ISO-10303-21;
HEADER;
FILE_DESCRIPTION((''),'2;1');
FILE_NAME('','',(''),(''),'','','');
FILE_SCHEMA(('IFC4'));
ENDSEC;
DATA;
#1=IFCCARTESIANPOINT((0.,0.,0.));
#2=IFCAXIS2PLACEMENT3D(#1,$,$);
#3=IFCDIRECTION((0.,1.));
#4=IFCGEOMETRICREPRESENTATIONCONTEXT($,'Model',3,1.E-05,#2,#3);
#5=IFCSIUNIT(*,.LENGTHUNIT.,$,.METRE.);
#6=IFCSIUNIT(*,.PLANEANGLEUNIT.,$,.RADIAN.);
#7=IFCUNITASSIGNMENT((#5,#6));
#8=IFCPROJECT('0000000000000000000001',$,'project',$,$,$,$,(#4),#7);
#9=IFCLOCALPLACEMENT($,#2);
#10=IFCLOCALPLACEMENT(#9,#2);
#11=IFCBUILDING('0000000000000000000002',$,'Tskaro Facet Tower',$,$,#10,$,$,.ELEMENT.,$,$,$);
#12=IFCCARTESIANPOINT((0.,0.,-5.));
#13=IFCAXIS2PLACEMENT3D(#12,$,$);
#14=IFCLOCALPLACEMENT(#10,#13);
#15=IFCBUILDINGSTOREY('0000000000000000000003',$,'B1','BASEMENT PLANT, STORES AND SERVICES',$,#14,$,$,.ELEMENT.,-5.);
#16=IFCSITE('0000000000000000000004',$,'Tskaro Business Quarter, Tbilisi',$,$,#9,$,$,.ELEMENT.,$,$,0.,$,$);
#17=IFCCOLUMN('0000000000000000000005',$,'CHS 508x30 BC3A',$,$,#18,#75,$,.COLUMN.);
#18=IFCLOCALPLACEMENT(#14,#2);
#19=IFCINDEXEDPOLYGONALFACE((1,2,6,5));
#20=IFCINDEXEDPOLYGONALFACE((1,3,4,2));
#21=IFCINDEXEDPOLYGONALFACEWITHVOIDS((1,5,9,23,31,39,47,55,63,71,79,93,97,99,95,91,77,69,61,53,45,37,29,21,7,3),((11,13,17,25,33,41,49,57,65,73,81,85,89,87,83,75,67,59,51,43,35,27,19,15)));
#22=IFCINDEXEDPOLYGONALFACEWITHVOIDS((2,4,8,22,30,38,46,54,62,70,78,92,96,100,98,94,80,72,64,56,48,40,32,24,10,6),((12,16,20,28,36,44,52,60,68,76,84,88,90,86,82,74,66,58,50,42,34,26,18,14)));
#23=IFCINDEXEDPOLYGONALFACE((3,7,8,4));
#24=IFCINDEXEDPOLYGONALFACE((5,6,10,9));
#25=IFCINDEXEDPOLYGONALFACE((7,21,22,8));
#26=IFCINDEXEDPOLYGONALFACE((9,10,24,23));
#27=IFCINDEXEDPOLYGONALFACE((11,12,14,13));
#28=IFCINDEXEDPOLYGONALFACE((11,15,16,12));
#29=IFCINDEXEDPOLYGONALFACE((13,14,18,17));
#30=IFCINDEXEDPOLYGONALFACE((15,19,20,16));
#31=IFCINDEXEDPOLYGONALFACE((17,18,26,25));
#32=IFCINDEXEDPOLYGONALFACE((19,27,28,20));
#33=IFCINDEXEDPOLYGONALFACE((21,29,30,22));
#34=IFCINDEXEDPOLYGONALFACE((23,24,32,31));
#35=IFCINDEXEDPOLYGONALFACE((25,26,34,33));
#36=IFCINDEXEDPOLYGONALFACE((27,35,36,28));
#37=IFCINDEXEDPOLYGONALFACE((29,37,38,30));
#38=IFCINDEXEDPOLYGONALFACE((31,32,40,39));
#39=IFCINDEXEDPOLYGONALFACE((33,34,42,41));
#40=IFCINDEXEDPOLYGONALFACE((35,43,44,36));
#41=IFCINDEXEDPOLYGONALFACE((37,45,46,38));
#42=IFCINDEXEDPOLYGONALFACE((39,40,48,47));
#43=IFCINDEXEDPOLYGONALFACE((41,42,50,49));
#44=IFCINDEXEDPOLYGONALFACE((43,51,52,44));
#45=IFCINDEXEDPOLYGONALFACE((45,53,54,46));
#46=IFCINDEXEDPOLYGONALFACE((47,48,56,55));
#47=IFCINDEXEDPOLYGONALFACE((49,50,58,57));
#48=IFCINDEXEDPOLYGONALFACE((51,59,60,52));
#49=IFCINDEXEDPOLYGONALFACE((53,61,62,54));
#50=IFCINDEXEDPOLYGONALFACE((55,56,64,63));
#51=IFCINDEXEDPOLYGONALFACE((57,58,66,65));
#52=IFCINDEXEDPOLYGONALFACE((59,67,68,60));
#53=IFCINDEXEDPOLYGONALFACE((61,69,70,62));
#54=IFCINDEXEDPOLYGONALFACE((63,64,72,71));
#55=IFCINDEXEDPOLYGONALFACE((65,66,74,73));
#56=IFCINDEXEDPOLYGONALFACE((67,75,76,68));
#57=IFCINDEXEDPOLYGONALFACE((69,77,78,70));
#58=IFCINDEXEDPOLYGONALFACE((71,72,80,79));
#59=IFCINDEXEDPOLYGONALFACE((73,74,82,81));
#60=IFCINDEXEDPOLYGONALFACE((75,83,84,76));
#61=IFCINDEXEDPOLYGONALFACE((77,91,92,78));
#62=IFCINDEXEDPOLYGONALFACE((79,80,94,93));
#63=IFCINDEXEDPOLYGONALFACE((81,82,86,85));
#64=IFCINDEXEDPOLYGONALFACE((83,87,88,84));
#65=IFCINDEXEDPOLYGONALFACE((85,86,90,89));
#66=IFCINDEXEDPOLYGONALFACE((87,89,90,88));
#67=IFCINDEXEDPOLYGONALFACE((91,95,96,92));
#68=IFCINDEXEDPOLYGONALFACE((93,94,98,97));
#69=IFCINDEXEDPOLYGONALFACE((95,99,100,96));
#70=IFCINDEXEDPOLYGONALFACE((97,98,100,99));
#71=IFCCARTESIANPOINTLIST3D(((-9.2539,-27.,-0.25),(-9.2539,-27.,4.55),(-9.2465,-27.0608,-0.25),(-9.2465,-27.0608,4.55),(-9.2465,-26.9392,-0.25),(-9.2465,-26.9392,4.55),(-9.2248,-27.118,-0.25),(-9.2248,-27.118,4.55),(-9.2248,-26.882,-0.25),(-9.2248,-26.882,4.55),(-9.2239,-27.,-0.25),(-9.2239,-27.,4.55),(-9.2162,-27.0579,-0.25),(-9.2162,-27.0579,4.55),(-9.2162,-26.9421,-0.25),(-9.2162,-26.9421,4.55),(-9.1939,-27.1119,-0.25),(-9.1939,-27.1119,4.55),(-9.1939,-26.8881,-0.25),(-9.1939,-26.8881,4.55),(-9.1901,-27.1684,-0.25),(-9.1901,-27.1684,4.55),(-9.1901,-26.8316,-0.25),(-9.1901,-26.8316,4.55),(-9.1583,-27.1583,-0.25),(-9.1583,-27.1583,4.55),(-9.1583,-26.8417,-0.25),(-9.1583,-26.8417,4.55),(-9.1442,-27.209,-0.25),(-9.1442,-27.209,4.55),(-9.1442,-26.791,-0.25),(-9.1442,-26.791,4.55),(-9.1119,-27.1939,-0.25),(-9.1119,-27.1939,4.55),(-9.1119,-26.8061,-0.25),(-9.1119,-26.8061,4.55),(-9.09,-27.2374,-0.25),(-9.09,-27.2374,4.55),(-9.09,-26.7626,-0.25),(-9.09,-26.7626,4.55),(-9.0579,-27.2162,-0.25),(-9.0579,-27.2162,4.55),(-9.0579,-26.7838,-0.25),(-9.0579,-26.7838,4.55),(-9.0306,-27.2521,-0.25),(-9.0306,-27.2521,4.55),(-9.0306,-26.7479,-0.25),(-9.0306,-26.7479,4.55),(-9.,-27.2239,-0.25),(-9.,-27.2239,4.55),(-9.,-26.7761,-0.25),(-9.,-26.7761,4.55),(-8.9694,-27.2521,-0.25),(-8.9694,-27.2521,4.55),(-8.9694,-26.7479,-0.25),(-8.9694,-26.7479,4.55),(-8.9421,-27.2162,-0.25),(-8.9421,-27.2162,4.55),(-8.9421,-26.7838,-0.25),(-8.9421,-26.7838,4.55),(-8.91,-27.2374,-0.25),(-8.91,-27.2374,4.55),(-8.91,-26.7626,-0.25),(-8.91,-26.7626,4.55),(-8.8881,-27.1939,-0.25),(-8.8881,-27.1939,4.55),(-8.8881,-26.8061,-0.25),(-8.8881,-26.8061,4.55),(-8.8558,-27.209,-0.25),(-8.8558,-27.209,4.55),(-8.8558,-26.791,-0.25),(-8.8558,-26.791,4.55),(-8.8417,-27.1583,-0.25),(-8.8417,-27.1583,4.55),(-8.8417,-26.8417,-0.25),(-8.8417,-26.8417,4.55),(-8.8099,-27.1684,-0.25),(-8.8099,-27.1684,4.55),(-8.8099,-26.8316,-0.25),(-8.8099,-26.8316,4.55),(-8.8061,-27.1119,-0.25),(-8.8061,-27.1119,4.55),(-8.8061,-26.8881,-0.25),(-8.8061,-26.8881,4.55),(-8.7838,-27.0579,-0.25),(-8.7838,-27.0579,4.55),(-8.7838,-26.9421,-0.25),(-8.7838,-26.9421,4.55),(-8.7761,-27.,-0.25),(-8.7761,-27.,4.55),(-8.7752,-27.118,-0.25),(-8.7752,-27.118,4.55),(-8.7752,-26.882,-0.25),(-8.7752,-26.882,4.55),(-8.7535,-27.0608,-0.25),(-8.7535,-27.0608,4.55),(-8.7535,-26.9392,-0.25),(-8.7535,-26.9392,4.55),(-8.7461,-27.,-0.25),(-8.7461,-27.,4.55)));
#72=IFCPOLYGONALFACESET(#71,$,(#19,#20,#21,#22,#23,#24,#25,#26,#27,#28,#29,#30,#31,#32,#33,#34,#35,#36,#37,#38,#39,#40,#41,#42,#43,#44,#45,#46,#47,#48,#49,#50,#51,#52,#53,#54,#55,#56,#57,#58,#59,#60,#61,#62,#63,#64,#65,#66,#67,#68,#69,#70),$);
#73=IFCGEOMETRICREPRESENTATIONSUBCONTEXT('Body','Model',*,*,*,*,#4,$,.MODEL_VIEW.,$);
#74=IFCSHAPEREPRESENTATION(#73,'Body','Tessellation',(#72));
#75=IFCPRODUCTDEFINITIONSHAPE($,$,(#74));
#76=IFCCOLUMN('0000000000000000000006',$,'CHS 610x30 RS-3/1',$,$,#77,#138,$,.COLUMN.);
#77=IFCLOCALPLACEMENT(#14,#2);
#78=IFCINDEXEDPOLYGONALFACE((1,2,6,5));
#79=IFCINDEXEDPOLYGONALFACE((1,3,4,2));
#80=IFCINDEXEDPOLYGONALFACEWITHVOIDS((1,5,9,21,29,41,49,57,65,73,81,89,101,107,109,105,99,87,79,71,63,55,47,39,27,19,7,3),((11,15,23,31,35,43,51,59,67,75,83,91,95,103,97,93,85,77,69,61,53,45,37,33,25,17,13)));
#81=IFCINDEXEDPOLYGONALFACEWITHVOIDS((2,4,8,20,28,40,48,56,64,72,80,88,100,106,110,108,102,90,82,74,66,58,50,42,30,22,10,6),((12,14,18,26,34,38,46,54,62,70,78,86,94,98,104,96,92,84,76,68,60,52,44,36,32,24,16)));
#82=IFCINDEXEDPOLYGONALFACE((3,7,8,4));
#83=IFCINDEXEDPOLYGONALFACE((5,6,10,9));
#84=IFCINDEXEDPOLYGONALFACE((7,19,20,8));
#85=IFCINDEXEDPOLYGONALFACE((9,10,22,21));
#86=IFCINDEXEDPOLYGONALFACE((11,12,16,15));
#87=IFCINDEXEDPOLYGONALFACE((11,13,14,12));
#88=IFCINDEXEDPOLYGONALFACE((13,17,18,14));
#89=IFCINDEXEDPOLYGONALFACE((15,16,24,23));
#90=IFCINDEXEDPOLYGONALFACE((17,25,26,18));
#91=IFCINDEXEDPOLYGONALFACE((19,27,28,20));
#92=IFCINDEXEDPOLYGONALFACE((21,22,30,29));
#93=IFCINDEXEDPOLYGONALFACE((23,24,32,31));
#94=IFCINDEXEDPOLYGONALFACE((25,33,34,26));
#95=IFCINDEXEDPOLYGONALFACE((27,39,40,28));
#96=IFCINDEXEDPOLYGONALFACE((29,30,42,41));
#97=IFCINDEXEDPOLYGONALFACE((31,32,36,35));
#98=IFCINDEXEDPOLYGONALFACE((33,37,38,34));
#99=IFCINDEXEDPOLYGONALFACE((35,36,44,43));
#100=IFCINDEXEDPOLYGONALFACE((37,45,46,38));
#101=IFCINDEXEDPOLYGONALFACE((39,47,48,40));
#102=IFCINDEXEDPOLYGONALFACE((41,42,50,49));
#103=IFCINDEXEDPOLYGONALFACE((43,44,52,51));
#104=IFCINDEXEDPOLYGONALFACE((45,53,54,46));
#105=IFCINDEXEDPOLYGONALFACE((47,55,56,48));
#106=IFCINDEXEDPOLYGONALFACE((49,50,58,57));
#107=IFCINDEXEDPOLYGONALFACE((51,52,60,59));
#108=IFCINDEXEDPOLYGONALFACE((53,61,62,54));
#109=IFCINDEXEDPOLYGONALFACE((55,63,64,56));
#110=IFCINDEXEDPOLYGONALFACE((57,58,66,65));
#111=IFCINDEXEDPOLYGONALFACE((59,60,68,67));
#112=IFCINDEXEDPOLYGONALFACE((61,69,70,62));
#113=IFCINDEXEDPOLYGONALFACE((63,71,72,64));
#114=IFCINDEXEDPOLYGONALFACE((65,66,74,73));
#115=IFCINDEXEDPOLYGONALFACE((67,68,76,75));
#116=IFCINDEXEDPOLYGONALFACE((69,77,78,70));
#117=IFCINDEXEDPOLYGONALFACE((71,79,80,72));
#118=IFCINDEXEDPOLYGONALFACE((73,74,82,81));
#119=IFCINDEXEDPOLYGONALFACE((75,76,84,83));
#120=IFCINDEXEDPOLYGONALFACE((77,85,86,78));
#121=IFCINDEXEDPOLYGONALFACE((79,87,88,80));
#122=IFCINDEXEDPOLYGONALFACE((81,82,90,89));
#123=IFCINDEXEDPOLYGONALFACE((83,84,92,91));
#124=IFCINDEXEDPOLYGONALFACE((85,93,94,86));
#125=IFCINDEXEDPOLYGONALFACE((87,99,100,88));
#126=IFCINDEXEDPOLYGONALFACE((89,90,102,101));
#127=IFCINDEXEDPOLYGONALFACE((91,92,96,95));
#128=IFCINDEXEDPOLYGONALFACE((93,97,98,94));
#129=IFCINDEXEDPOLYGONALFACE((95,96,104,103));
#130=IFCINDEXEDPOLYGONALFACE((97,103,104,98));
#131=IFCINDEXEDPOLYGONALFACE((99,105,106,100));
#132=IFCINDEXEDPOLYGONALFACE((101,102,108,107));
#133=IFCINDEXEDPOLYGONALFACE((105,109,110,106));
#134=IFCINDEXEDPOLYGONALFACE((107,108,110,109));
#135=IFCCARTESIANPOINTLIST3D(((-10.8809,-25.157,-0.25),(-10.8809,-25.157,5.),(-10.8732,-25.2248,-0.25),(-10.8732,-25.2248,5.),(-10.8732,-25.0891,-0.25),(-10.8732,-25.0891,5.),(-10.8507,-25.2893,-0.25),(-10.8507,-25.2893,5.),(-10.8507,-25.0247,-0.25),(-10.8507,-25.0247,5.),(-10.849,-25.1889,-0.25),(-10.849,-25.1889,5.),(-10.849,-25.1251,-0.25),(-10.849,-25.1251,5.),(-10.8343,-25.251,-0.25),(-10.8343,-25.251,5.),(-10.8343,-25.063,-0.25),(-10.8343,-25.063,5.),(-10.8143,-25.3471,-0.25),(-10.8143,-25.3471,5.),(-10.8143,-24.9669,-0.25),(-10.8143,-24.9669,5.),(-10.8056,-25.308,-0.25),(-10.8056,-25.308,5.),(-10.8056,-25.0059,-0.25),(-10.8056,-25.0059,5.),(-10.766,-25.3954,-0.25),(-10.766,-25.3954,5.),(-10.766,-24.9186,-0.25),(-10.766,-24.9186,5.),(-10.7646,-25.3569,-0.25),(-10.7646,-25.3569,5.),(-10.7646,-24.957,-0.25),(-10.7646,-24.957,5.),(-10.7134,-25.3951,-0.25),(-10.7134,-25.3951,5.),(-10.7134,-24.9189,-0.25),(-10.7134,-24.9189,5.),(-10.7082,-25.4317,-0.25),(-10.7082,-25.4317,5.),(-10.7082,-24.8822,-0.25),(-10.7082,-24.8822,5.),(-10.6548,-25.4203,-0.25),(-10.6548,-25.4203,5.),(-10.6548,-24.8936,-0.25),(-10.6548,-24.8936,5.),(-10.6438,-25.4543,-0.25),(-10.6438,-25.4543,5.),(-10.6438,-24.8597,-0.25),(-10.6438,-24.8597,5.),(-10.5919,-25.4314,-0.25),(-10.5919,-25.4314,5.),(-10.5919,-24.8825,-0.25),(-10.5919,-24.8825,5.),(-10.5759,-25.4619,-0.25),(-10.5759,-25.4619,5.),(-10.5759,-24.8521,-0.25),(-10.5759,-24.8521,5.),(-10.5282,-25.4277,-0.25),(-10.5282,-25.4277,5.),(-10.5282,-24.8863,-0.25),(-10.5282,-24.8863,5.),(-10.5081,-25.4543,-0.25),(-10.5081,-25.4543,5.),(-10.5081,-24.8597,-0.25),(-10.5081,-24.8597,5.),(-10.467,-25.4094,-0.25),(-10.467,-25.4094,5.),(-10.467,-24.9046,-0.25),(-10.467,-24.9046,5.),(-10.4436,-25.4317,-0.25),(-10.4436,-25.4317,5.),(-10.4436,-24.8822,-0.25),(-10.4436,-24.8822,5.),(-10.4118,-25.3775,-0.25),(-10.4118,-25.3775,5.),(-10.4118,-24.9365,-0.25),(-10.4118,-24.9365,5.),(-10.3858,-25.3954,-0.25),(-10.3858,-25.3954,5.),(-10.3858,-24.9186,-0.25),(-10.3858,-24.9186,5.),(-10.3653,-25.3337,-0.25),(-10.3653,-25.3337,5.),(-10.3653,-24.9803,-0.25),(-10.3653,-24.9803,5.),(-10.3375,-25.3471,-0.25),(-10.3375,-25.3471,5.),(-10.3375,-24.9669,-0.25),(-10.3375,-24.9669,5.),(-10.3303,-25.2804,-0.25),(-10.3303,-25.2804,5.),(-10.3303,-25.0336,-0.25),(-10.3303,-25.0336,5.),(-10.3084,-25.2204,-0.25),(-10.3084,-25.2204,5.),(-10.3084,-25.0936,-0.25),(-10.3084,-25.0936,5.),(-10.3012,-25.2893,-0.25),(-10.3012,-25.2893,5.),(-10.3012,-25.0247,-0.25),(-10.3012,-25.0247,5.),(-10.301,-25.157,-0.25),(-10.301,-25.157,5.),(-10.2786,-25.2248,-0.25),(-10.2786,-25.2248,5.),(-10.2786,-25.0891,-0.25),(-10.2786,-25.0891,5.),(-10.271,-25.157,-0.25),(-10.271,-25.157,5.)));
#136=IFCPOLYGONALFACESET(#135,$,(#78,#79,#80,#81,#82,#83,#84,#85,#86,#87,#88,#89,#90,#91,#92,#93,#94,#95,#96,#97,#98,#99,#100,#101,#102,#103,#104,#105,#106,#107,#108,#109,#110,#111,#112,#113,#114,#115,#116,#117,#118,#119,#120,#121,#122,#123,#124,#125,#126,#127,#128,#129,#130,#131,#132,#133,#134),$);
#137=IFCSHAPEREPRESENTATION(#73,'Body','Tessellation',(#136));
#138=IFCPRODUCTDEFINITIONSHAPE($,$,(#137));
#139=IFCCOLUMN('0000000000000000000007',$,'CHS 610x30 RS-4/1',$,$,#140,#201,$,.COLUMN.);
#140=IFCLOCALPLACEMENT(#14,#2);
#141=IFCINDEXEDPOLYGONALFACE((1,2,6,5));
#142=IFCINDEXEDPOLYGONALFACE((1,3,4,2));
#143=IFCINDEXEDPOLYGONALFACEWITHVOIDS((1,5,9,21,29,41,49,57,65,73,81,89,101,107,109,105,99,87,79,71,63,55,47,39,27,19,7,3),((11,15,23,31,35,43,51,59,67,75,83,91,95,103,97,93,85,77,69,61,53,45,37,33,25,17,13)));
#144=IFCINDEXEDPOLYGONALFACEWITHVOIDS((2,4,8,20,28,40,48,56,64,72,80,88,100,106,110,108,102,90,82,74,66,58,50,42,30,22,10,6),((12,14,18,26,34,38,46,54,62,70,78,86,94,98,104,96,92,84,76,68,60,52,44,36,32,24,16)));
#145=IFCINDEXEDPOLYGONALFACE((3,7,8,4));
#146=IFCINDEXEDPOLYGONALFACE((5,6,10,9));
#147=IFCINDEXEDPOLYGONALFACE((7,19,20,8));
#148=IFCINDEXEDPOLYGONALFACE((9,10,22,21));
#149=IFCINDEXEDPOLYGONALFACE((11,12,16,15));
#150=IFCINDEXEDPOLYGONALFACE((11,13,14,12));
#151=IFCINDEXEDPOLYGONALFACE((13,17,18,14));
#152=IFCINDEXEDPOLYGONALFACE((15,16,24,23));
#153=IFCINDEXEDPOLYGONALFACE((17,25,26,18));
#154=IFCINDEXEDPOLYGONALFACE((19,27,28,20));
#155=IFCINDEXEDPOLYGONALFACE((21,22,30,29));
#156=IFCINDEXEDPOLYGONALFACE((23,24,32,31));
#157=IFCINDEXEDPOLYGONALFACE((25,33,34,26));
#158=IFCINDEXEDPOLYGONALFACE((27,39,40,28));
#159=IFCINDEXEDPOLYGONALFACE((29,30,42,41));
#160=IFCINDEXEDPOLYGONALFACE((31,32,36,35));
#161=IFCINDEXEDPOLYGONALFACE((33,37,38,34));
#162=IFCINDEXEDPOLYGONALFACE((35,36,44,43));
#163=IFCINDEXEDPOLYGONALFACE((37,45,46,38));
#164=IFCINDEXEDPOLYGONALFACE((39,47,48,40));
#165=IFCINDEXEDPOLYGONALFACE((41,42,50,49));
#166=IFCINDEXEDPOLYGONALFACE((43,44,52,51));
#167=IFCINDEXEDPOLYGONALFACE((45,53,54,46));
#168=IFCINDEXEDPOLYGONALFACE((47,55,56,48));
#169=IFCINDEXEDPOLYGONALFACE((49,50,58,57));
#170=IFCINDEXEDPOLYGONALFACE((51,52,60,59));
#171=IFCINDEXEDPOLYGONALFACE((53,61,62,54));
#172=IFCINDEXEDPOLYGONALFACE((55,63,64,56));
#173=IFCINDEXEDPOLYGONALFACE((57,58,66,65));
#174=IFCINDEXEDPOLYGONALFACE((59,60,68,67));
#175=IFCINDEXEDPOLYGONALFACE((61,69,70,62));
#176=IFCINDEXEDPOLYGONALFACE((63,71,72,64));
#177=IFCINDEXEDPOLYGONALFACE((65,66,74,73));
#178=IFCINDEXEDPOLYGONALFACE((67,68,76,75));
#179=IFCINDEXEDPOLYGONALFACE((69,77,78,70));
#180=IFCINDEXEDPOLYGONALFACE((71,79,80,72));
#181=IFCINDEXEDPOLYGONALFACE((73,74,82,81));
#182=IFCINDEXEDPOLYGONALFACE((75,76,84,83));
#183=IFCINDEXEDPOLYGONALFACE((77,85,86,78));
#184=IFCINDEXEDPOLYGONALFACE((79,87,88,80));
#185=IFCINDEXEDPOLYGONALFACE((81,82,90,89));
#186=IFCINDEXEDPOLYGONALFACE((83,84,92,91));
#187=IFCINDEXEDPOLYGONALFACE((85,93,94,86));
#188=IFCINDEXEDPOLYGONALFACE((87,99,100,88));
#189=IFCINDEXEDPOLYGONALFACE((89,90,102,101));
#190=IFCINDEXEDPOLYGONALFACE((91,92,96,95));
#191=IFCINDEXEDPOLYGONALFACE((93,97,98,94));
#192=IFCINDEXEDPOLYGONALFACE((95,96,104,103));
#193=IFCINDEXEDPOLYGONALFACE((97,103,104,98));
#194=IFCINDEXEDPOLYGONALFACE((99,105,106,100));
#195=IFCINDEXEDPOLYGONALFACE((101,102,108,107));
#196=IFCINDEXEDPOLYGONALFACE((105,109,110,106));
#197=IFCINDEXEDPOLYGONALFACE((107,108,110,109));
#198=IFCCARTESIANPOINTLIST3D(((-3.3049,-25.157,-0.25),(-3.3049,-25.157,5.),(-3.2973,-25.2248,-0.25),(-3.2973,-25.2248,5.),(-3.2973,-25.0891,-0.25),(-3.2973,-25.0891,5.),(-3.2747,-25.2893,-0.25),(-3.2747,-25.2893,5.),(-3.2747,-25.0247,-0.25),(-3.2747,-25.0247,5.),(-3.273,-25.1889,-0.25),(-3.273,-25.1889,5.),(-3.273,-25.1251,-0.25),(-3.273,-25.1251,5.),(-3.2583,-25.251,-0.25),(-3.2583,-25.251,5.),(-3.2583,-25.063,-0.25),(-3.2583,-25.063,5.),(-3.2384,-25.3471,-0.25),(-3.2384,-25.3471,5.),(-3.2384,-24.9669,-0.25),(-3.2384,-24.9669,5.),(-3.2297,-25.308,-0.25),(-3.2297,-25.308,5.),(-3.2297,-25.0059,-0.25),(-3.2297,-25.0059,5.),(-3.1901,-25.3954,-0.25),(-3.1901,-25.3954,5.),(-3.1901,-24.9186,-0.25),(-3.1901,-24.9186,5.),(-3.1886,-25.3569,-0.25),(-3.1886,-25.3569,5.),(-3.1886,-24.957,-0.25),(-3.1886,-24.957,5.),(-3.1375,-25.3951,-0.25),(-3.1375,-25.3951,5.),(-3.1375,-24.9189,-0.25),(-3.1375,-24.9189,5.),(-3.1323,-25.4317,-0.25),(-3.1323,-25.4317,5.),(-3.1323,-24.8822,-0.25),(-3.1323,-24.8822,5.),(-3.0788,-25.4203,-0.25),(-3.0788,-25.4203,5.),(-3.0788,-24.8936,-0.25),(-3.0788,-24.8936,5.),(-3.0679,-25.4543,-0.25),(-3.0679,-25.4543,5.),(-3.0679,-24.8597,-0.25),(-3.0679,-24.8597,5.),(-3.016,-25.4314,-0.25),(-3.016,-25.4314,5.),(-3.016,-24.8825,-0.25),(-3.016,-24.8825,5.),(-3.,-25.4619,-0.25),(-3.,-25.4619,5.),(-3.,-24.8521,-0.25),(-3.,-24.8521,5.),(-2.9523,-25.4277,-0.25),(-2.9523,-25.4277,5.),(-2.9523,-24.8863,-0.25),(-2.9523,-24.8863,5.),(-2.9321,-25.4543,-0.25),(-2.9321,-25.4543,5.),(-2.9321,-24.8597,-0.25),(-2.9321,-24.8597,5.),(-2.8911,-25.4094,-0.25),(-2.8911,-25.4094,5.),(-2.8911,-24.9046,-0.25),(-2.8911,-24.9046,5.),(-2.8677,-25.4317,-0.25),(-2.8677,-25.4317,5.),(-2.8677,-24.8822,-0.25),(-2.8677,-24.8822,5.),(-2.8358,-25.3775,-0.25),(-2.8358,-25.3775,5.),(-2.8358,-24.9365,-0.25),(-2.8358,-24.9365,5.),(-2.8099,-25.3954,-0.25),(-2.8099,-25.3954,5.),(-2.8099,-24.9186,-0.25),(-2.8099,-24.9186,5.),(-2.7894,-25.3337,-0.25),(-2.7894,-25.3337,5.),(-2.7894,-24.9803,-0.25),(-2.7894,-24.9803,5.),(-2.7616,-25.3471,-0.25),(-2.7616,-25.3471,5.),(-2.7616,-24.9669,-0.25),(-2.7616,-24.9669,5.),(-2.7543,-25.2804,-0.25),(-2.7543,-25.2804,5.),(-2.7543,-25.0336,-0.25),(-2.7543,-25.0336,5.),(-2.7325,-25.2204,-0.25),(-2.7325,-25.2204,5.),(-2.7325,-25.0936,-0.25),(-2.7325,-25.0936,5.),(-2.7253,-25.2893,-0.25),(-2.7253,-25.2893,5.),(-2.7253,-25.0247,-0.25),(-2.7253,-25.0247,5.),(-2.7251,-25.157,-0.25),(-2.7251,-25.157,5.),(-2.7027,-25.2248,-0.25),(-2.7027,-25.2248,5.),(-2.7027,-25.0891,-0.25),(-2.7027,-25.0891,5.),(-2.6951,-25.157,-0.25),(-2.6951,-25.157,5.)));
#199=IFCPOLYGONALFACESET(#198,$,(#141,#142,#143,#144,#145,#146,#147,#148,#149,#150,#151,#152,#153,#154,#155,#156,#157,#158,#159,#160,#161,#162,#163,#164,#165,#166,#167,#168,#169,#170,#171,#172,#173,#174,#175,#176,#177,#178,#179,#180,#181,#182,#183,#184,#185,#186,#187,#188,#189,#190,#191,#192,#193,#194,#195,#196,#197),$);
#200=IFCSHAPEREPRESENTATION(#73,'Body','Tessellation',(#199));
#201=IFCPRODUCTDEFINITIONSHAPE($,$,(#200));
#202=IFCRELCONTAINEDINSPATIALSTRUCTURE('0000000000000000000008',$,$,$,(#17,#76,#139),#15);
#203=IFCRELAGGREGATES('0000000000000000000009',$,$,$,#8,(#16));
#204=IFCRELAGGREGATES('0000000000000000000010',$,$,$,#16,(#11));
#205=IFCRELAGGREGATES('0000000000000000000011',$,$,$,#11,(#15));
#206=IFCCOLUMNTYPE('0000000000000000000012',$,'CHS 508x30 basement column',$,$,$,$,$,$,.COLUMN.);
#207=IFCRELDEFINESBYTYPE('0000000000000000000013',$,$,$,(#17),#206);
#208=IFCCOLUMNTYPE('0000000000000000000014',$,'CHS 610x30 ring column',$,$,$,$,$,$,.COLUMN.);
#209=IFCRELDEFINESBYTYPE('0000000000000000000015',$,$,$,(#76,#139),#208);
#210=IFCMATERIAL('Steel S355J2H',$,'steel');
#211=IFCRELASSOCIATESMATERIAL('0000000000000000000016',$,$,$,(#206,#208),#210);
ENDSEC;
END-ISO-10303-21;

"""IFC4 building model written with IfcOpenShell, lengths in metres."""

from ifc_helpers import new_model, si_unit, direction, frame, origin, origin_2d, place, context, subcontext, project, spatial, hollow_circle, extrude, material, material_profile, profile_set, type_object, element, save


model = new_model("IFC4")

# Units and contexts
model_context = context("Model", 3, precision=1e-05, world=origin(), true_north=direction((0.0, 1.0)))
body_context = subcontext(model_context, "Body", "Model", "MODEL_VIEW")
ifc_project = project(units=[si_unit("LENGTHUNIT", "METRE"), si_unit("PLANEANGLEUNIT", "RADIAN")], contexts=[model_context])

# Site, building, storey
site_placement = place(None, origin())
site = spatial("IfcSite", under=ifc_project, at=site_placement, Name="Tskaro Business Quarter, Tbilisi", CompositionType="ELEMENT", RefElevation=0.0)
building_placement = place(site_placement, origin())
building = spatial("IfcBuilding", under=site, at=building_placement, Name="Tskaro Facet Tower", CompositionType="ELEMENT")
storey_placement = place(building_placement, frame((0.0, 0.0, -5.0)))
storey = spatial("IfcBuildingStorey", under=building, at=storey_placement, Name="B1", Description="BASEMENT PLANT, STORES AND SERVICES", CompositionType="ELEMENT", Elevation=-5.0)

# Columns
ifc_material_1 = material(Name="Steel S355J2H", Category="steel")
ifc_material_profile_1 = material_profile(ifc_material_1, hollow_circle(Radius=0.2539, WallThickness=0.03, at=origin_2d()), Name="CHS 508x30")
ifc_profile_set_1 = profile_set([ifc_material_profile_1], Name="Steel S355J2H")
column_type_1 = type_object("IfcColumnType", Name="CHS 508x30 basement column", PredefinedType="COLUMN", material=ifc_profile_set_1)
column_1_placement = place(storey_placement, frame((-9.0, -27.0, -0.25), z_axis=(0.0, 0.0, 1.0), x_axis=(1.0, 0.0, 0.0)))
element("IfcColumn", 1, at=column_1_placement, inside=storey, type_object=column_type_1, Name="CHS 508x30 BC3A", PredefinedType="COLUMN", context=body_context, shape_type="SweptSolid", body=[
    extrude(hollow_circle(Radius=0.2539, WallThickness=0.03, at=origin_2d()), origin(), (0.0, 0.0, 1.0), 4.8),
])
ifc_material_profile_2 = material_profile(ifc_material_1, hollow_circle(Radius=0.3049, WallThickness=0.03, at=origin_2d()), Name="CHS 610x30")
ifc_profile_set_2 = profile_set([ifc_material_profile_2], Name="Steel S355J2H")
column_type_2 = type_object("IfcColumnType", Name="CHS 610x30 ring column", PredefinedType="COLUMN", material=ifc_profile_set_2)
for number, where, z_axis, x_axis, name in (
    (2, (-10.5759, -25.157, -0.25), (0.0, 0.0, 1.0), (1.0, 0.0, 0.0), "CHS 610x30 RS-3/1"),
    (3, (-3.0, -25.157, -0.25), (0.0, 0.0, 1.0), (1.0, 0.0, 0.0), "CHS 610x30 RS-4/1"),
):
    element("IfcColumn", number, at=place(storey_placement, frame(where, z_axis=z_axis, x_axis=x_axis)), inside=storey, type_object=column_type_2, Name=name, PredefinedType="COLUMN", context=body_context, shape_type="SweptSolid", body=[
        extrude(hollow_circle(Radius=0.3049, WallThickness=0.03, at=origin_2d()), origin(), (0.0, 0.0, 1.0), 5.25),
    ])

save(model, "model.ifc")
